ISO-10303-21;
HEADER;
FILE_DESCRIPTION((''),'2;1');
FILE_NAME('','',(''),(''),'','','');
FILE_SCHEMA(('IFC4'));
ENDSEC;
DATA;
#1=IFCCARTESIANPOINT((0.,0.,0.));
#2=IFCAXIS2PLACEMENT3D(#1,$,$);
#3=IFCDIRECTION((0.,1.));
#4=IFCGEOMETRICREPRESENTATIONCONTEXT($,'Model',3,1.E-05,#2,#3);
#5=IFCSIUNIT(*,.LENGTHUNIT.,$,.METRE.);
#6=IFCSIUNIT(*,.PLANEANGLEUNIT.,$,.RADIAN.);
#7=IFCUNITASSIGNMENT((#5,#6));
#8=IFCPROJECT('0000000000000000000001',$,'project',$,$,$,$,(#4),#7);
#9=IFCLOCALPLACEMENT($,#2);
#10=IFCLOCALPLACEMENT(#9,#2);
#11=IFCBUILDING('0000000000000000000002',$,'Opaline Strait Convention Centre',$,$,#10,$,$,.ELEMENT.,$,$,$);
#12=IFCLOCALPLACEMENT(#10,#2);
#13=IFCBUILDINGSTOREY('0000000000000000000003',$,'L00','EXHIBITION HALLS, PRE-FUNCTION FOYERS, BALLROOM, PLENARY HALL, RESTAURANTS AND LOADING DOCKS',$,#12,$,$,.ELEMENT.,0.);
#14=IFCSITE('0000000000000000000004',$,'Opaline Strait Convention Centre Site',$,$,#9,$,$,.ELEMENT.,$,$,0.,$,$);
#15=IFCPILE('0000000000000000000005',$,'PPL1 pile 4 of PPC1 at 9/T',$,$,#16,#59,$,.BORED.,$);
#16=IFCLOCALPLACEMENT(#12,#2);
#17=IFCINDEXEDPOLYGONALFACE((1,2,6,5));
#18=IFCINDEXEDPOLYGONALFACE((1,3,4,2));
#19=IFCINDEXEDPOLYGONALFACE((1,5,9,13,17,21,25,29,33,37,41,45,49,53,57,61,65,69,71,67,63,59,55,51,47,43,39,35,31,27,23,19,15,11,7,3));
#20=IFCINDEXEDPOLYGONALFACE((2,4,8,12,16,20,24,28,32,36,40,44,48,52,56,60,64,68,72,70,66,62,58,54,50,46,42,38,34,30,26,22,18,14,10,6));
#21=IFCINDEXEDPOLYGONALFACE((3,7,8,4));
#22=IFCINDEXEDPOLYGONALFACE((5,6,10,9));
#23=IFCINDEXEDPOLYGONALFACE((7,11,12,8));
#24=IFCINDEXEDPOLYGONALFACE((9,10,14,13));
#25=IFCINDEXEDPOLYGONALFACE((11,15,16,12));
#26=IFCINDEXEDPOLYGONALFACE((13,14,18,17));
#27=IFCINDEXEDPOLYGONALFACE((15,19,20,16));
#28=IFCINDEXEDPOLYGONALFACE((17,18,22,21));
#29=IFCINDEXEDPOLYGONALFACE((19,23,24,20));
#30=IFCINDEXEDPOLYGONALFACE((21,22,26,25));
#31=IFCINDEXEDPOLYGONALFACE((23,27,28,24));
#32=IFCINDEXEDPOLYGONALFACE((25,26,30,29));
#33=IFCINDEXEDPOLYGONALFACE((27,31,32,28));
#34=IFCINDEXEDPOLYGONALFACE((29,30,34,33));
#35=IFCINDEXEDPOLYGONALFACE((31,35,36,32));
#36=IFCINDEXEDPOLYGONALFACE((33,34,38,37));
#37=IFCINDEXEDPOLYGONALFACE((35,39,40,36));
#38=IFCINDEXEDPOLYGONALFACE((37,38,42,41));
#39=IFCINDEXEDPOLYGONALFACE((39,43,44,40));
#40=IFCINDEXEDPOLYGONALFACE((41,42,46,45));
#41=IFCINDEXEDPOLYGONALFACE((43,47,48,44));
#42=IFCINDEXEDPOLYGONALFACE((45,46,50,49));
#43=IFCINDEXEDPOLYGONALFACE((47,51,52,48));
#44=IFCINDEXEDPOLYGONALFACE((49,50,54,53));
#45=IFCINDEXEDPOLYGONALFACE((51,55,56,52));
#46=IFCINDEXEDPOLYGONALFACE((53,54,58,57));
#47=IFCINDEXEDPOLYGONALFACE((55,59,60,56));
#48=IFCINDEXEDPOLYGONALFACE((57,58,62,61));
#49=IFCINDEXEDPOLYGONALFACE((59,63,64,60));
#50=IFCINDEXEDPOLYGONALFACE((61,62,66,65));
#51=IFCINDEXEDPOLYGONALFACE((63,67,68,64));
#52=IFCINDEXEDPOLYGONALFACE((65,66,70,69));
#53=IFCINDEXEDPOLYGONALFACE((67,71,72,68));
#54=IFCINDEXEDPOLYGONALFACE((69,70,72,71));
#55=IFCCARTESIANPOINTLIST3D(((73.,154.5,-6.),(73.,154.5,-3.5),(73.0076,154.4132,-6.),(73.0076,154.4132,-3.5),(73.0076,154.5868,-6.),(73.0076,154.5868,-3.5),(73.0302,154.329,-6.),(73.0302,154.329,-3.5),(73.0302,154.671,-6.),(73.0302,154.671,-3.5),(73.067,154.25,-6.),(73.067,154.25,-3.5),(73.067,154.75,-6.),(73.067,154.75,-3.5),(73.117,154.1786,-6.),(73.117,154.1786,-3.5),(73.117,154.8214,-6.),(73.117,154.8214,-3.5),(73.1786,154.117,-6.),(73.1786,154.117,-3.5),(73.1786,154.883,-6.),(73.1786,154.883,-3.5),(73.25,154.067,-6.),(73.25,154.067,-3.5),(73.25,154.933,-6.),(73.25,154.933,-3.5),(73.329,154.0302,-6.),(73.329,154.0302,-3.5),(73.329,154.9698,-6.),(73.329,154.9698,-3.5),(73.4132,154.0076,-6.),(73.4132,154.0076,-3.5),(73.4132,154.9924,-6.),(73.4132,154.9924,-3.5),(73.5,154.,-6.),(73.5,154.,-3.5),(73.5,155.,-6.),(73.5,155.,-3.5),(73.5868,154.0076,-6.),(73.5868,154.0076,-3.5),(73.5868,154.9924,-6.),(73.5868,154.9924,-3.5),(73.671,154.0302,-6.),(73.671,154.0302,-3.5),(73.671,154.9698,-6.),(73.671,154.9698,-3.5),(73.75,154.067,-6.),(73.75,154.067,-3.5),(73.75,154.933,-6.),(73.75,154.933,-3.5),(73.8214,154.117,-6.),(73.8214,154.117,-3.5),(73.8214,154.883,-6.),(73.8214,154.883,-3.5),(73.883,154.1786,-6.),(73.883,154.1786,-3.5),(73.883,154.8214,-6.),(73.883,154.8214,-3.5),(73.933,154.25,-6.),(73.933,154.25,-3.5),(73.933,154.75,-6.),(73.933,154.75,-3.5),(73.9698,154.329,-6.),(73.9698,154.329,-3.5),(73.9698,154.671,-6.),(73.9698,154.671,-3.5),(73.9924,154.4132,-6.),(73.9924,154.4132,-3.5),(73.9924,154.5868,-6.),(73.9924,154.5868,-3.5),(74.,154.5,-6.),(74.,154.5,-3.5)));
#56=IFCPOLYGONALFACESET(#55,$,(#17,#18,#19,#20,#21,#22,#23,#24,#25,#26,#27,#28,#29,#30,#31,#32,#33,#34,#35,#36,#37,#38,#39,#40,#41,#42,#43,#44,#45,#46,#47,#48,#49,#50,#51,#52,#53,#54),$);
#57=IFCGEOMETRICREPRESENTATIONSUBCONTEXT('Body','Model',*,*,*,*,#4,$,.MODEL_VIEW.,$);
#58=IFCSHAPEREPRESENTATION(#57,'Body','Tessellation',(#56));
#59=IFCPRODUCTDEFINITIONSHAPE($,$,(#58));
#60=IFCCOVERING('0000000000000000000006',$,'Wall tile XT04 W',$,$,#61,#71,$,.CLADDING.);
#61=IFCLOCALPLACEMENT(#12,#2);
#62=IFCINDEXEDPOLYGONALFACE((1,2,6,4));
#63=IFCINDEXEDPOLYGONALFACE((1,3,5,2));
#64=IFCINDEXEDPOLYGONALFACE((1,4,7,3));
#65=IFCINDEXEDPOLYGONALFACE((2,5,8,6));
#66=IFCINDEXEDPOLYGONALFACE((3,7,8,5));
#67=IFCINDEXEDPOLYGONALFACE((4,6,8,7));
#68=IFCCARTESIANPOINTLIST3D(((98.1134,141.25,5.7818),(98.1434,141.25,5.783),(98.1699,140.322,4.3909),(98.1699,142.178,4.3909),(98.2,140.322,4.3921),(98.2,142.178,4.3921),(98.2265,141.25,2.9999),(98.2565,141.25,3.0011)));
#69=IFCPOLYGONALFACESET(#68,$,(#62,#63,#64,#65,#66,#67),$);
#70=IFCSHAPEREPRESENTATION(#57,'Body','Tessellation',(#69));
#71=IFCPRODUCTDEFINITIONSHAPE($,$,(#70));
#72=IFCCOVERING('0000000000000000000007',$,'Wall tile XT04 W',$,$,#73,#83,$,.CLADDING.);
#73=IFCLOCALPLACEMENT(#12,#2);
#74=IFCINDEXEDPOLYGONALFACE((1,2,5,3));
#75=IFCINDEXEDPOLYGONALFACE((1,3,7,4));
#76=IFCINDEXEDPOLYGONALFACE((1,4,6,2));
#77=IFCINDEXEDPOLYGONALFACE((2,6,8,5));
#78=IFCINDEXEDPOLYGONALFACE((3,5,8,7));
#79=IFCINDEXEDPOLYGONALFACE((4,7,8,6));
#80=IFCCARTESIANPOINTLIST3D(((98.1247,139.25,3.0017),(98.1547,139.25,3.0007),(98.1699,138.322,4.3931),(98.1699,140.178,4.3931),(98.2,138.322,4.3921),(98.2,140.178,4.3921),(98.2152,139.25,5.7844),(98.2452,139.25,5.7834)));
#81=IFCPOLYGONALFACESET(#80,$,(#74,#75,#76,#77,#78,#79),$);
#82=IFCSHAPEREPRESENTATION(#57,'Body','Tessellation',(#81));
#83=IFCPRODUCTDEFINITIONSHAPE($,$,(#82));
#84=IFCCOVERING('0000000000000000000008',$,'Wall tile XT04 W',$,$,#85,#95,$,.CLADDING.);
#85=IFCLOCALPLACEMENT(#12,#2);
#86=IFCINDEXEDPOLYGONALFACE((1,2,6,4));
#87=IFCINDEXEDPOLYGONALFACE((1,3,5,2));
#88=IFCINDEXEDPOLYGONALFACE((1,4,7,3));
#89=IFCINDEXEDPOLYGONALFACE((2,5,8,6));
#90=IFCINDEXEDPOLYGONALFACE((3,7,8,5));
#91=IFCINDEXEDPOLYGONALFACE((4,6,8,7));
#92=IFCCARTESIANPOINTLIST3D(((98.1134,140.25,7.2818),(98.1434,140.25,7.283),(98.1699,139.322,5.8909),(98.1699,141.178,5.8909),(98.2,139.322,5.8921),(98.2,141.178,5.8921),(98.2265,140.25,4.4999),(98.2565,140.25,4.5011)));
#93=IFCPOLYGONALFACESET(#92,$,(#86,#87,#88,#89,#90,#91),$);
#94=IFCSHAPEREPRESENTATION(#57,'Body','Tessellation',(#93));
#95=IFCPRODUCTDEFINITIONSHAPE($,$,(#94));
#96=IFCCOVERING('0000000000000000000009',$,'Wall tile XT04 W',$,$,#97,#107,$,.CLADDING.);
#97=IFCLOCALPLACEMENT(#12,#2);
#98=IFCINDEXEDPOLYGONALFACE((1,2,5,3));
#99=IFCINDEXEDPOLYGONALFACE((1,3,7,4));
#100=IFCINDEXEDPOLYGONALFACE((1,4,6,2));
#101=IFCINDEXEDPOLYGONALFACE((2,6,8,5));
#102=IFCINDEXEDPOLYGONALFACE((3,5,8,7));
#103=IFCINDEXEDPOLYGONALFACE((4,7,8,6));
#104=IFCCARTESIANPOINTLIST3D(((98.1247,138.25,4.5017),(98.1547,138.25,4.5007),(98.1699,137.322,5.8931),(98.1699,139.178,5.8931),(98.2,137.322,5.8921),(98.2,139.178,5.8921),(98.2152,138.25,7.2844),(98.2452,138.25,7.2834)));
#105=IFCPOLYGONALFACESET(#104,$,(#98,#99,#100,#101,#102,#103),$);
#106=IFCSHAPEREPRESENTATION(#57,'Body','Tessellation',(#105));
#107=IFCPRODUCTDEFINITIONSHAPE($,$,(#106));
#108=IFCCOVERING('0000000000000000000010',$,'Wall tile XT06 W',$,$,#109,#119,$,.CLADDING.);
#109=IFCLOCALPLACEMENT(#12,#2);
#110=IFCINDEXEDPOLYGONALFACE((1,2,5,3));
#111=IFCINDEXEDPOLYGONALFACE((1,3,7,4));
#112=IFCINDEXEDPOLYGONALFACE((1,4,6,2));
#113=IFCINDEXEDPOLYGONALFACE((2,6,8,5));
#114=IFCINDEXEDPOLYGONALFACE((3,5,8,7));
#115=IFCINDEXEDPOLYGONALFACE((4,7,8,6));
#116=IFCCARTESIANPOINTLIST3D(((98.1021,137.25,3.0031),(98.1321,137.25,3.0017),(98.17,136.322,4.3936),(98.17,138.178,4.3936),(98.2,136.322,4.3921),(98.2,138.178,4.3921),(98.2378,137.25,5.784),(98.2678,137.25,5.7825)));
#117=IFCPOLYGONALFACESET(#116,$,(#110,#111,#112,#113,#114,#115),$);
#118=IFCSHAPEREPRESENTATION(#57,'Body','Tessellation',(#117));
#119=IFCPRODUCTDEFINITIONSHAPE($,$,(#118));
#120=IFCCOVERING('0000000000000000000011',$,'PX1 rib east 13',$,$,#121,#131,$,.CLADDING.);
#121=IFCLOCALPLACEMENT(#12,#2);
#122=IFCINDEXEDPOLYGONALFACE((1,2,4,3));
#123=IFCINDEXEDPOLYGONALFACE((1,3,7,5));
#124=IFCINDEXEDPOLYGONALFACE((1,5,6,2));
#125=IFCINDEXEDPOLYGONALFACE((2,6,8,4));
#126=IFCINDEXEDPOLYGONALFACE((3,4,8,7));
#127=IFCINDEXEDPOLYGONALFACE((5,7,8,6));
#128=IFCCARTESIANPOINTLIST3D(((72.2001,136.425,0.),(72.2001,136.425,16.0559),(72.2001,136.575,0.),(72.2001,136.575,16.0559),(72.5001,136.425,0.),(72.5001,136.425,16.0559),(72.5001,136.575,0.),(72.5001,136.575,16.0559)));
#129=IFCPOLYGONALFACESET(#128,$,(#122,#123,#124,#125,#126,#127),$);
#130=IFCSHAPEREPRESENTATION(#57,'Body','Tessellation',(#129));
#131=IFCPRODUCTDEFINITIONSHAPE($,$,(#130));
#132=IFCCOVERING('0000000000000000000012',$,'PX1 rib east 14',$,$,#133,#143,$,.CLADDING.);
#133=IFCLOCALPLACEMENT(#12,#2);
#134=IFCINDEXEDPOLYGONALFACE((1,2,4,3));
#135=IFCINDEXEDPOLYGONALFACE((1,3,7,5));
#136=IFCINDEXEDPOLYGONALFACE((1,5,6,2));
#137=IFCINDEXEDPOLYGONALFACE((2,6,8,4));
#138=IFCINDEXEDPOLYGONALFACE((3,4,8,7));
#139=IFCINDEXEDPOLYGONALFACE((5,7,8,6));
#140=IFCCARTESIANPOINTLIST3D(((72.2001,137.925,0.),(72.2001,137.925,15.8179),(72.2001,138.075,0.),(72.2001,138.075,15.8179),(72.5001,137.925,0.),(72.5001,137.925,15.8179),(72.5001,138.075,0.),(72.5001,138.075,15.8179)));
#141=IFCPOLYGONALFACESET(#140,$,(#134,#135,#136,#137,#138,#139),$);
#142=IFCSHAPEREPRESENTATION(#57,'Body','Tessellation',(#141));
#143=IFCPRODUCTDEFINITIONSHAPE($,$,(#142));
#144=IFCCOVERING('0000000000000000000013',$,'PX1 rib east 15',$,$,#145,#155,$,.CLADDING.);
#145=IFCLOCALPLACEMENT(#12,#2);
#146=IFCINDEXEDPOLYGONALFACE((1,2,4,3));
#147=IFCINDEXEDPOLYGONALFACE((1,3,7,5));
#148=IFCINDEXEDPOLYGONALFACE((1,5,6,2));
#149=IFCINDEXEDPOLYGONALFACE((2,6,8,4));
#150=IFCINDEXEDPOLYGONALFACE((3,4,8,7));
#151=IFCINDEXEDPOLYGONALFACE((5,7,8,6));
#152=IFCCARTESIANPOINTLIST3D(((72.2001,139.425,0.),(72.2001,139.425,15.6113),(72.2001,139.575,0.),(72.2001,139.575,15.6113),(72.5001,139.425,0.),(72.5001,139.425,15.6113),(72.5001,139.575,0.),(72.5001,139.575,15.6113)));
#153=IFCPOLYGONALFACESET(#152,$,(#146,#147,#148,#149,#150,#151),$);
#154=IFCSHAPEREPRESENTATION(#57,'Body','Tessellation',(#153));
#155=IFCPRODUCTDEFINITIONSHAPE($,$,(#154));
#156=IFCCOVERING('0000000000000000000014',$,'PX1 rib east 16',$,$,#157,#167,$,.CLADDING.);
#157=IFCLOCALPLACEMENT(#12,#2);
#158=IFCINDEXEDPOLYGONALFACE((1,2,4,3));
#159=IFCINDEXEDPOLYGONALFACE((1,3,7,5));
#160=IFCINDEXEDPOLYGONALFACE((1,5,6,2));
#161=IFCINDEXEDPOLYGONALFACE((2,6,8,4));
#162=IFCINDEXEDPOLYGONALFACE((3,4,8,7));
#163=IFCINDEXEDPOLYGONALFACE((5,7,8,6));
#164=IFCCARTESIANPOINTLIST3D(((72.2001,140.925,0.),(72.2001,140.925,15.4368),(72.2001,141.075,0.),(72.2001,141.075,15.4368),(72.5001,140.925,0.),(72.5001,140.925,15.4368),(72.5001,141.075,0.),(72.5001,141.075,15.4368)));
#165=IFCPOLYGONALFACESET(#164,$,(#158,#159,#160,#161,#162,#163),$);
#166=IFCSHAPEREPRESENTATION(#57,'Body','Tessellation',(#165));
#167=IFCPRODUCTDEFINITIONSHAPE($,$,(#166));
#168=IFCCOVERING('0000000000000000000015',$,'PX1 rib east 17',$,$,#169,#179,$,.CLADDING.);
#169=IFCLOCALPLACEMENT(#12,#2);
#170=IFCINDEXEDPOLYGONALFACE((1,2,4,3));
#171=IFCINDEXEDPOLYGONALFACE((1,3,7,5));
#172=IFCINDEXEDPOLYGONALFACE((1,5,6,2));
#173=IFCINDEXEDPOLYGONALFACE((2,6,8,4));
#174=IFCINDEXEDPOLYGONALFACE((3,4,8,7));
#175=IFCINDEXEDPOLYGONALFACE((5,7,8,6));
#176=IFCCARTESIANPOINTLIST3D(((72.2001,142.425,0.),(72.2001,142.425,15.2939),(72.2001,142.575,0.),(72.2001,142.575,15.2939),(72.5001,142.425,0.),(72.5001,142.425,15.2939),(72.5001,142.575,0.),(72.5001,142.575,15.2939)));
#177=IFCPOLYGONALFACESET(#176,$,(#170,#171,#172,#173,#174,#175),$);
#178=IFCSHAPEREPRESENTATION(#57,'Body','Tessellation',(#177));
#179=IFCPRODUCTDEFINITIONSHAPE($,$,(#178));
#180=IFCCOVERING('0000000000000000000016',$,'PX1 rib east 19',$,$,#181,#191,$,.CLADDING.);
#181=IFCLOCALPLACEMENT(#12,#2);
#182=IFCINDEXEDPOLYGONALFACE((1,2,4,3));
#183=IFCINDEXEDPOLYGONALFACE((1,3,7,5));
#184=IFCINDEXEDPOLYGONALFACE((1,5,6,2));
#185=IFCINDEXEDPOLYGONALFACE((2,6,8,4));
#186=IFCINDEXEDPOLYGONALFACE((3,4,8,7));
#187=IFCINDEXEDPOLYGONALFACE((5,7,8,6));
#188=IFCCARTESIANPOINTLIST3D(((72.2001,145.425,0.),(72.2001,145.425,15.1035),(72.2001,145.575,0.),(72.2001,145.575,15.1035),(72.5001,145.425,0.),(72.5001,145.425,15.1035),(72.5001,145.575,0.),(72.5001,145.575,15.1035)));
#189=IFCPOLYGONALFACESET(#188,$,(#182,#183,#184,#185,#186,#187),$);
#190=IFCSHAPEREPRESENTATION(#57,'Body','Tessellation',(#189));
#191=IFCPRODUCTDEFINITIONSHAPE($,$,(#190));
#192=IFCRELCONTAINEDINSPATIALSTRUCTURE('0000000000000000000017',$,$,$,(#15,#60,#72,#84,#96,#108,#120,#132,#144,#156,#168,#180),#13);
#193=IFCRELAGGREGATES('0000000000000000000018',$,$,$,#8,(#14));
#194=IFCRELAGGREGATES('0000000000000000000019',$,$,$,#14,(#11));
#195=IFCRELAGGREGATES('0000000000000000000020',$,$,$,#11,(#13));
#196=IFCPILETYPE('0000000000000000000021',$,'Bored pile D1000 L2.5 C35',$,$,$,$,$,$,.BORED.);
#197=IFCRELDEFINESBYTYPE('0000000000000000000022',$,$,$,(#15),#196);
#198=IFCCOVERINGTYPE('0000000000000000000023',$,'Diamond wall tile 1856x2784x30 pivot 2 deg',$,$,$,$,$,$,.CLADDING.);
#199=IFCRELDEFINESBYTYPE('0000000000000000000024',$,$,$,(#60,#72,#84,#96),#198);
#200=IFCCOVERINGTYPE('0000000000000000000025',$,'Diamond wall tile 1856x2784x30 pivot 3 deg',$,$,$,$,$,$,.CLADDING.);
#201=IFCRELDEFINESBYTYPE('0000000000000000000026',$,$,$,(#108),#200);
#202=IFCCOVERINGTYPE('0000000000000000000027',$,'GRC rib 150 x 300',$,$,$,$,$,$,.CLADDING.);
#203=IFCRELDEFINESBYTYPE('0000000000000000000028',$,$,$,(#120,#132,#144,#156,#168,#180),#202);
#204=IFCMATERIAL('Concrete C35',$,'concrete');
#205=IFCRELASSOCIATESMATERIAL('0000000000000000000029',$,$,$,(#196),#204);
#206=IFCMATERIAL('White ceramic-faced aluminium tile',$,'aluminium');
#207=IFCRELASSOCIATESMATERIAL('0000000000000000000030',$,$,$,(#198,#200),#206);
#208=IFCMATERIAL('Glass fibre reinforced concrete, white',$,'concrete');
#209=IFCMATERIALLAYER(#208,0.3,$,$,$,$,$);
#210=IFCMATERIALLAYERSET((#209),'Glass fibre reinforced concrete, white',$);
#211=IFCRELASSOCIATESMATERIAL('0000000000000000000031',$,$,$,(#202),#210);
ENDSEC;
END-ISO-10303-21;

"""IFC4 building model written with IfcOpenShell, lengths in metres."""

from ifc_helpers import new_model, si_unit, direction, frame, origin, origin_2d, place, context, subcontext, project, spatial, polyline, rectangle, circle, outline, extrude, material, layer, layer_set, material_profile, profile_set, type_object, element, save


model = new_model("IFC4")

# Units and contexts
model_context = context("Model", 3, precision=1e-05, world=origin(), true_north=direction((0.0, 1.0)))
body_context = subcontext(model_context, "Body", "Model", "MODEL_VIEW")
ifc_project = project(units=[si_unit("LENGTHUNIT", "METRE"), si_unit("PLANEANGLEUNIT", "RADIAN")], contexts=[model_context])

# Site, building, storey
site_placement = place(None, origin())
site = spatial("IfcSite", under=ifc_project, at=site_placement, Name="Opaline Strait Convention Centre Site", CompositionType="ELEMENT", RefElevation=0.0)
building_placement = place(site_placement, origin())
building = spatial("IfcBuilding", under=site, at=building_placement, Name="Opaline Strait Convention Centre", CompositionType="ELEMENT")
storey_placement = place(building_placement, origin())
storey = spatial("IfcBuildingStorey", under=building, at=storey_placement, Name="L00", Description="EXHIBITION HALLS, PRE-FUNCTION FOYERS, BALLROOM, PLENARY HALL, RESTAURANTS AND LOADING DOCKS", CompositionType="ELEMENT", Elevation=0.0)

# Pile
ifc_material_1 = material(Name="Concrete C35", Category="concrete")
ifc_material_profile_1 = material_profile(ifc_material_1, circle(Radius=0.5, at=origin_2d()), Name="D1000")
ifc_profile_set_1 = profile_set([ifc_material_profile_1], Name="Concrete C35")
pile_type_1 = type_object("IfcPileType", Name="Bored pile D1000 L2.5 C35", PredefinedType="BORED", material=ifc_profile_set_1)
for number, where, z_axis, x_axis, name in (
    (1, (73.5, 154.5, -3.5), (0.0, 0.0, -1.0), (1.0, 0.0, 0.0), "PPL1 pile 4 of PPC1 at 9/T"),
):
    element("IfcPile", number, at=place(storey_placement, frame(where, z_axis=z_axis, x_axis=x_axis)), inside=storey, type_object=pile_type_1, Name=name, PredefinedType="BORED", context=body_context, shape_type="SweptSolid", body=[
        extrude(circle(Radius=0.5, at=origin_2d()), origin(), (0.0, 0.0, 1.0), 2.5),
    ])

# Coverings
ifc_material_2 = material(Name="White ceramic-faced aluminium tile", Category="aluminium")
ifc_material_profile_2 = material_profile(ifc_material_2, outline(polyline([(0.928, 0.0), (0.0, 1.3921), (-0.928, 0.0), (0.0, -1.3921), (0.928, 0.0)])), Name="Diamond tile 1856x2784")
ifc_profile_set_2 = profile_set([ifc_material_profile_2], Name="White ceramic-faced aluminium tile")
covering_type_1 = type_object("IfcCoveringType", Name="Diamond wall tile 1856x2784x30 pivot 2 deg", PredefinedType="CLADDING", material=ifc_profile_set_2)
for number, where, z_axis, x_axis, name in (
    (2, (98.2, 141.25, 4.3921), (-0.999175, 0.0, -0.040617), (0.0, -1.0, 0.0), "Wall tile XT04 W"),
    (3, (98.2, 139.25, 4.3921), (-0.999472, 0.0, 0.032503), (0.0, -1.0, 0.0), "Wall tile XT04 W"),
    (4, (98.2, 140.25, 5.8921), (-0.999175, 0.0, -0.040617), (0.0, -1.0, 0.0), "Wall tile XT04 W"),
    (5, (98.2, 138.25, 5.8921), (-0.999472, 0.0, 0.032503), (0.0, -1.0, 0.0), "Wall tile XT04 W"),
):
    element("IfcCovering", number, at=place(storey_placement, frame(where, z_axis=z_axis, x_axis=x_axis)), inside=storey, type_object=covering_type_1, Name=name, PredefinedType="CLADDING", context=body_context, shape_type="SweptSolid", body=[
        extrude(outline(polyline([(0.928, 0.0), (0.0, 1.3921), (-0.928, 0.0), (0.0, -1.3921), (0.928, 0.0)])), origin(), (0.0, 0.0, 1.0), 0.03),
    ])
ifc_material_profile_3 = material_profile(ifc_material_2, outline(polyline([(0.928, 0.0), (0.0, 1.3921), (-0.928, 0.0), (0.0, -1.3921), (0.928, 0.0)])), Name="Diamond tile 1856x2784")
ifc_profile_set_3 = profile_set([ifc_material_profile_3], Name="White ceramic-faced aluminium tile")
covering_type_2 = type_object("IfcCoveringType", Name="Diamond wall tile 1856x2784x30 pivot 3 deg", PredefinedType="CLADDING", material=ifc_profile_set_3)
covering_1_placement = place(storey_placement, frame((98.2, 137.25, 4.3921), z_axis=(-0.998812, 0.0, 0.048723), x_axis=(0.0, -1.0, 0.0)))
element("IfcCovering", 6, at=covering_1_placement, inside=storey, type_object=covering_type_2, Name="Wall tile XT06 W", PredefinedType="CLADDING", context=body_context, shape_type="SweptSolid", body=[
    extrude(outline(polyline([(0.928, 0.0), (0.0, 1.3921), (-0.928, 0.0), (0.0, -1.3921), (0.928, 0.0)])), origin(), (0.0, 0.0, 1.0), 0.03),
])
ifc_material_3 = material(Name="Glass fibre reinforced concrete, white", Category="concrete")
ifc_layer_1 = layer(ifc_material_3, 0.3)
ifc_layer_set_1 = layer_set([ifc_layer_1], Name="Glass fibre reinforced concrete, white")
covering_type_3 = type_object("IfcCoveringType", Name="GRC rib 150 x 300", PredefinedType="CLADDING", material=ifc_layer_set_1)
covering_2_placement = place(storey_placement, frame((72.3501, 136.5, 0.0), z_axis=(0.0, 0.0, 1.0), x_axis=(1.0, 0.0, 0.0)))
element("IfcCovering", 7, at=covering_2_placement, inside=storey, type_object=covering_type_3, Name="PX1 rib east 13", PredefinedType="CLADDING", context=body_context, shape_type="SweptSolid", body=[
    extrude(rectangle(XDim=0.3, YDim=0.1499, at=origin_2d()), origin(), (0.0, 0.0, 1.0), 16.0559),
])
covering_3_placement = place(storey_placement, frame((72.3501, 138.0, 0.0), z_axis=(0.0, 0.0, 1.0), x_axis=(1.0, 0.0, 0.0)))
element("IfcCovering", 8, at=covering_3_placement, inside=storey, type_object=covering_type_3, Name="PX1 rib east 14", PredefinedType="CLADDING", context=body_context, shape_type="SweptSolid", body=[
    extrude(rectangle(XDim=0.3, YDim=0.1499, at=origin_2d()), origin(), (0.0, 0.0, 1.0), 15.8179),
])
covering_4_placement = place(storey_placement, frame((72.3501, 139.5, 0.0), z_axis=(0.0, 0.0, 1.0), x_axis=(1.0, 0.0, 0.0)))
element("IfcCovering", 9, at=covering_4_placement, inside=storey, type_object=covering_type_3, Name="PX1 rib east 15", PredefinedType="CLADDING", context=body_context, shape_type="SweptSolid", body=[
    extrude(rectangle(XDim=0.3, YDim=0.1499, at=origin_2d()), origin(), (0.0, 0.0, 1.0), 15.6113),
])
covering_5_placement = place(storey_placement, frame((72.3501, 141.0, 0.0), z_axis=(0.0, 0.0, 1.0), x_axis=(1.0, 0.0, 0.0)))
element("IfcCovering", 10, at=covering_5_placement, inside=storey, type_object=covering_type_3, Name="PX1 rib east 16", PredefinedType="CLADDING", context=body_context, shape_type="SweptSolid", body=[
    extrude(rectangle(XDim=0.3, YDim=0.1499, at=origin_2d()), origin(), (0.0, 0.0, 1.0), 15.4368),
])
covering_6_placement = place(storey_placement, frame((72.3501, 142.5, 0.0), z_axis=(0.0, 0.0, 1.0), x_axis=(1.0, 0.0, 0.0)))
element("IfcCovering", 11, at=covering_6_placement, inside=storey, type_object=covering_type_3, Name="PX1 rib east 17", PredefinedType="CLADDING", context=body_context, shape_type="SweptSolid", body=[
    extrude(rectangle(XDim=0.3, YDim=0.1499, at=origin_2d()), origin(), (0.0, 0.0, 1.0), 15.2939),
])
covering_7_placement = place(storey_placement, frame((72.3501, 145.5, 0.0), z_axis=(0.0, 0.0, 1.0), x_axis=(1.0, 0.0, 0.0)))
element("IfcCovering", 12, at=covering_7_placement, inside=storey, type_object=covering_type_3, Name="PX1 rib east 19", PredefinedType="CLADDING", context=body_context, shape_type="SweptSolid", body=[
    extrude(rectangle(XDim=0.3, YDim=0.1499, at=origin_2d()), origin(), (0.0, 0.0, 1.0), 15.1035),
])

save(model, "model.ifc")
